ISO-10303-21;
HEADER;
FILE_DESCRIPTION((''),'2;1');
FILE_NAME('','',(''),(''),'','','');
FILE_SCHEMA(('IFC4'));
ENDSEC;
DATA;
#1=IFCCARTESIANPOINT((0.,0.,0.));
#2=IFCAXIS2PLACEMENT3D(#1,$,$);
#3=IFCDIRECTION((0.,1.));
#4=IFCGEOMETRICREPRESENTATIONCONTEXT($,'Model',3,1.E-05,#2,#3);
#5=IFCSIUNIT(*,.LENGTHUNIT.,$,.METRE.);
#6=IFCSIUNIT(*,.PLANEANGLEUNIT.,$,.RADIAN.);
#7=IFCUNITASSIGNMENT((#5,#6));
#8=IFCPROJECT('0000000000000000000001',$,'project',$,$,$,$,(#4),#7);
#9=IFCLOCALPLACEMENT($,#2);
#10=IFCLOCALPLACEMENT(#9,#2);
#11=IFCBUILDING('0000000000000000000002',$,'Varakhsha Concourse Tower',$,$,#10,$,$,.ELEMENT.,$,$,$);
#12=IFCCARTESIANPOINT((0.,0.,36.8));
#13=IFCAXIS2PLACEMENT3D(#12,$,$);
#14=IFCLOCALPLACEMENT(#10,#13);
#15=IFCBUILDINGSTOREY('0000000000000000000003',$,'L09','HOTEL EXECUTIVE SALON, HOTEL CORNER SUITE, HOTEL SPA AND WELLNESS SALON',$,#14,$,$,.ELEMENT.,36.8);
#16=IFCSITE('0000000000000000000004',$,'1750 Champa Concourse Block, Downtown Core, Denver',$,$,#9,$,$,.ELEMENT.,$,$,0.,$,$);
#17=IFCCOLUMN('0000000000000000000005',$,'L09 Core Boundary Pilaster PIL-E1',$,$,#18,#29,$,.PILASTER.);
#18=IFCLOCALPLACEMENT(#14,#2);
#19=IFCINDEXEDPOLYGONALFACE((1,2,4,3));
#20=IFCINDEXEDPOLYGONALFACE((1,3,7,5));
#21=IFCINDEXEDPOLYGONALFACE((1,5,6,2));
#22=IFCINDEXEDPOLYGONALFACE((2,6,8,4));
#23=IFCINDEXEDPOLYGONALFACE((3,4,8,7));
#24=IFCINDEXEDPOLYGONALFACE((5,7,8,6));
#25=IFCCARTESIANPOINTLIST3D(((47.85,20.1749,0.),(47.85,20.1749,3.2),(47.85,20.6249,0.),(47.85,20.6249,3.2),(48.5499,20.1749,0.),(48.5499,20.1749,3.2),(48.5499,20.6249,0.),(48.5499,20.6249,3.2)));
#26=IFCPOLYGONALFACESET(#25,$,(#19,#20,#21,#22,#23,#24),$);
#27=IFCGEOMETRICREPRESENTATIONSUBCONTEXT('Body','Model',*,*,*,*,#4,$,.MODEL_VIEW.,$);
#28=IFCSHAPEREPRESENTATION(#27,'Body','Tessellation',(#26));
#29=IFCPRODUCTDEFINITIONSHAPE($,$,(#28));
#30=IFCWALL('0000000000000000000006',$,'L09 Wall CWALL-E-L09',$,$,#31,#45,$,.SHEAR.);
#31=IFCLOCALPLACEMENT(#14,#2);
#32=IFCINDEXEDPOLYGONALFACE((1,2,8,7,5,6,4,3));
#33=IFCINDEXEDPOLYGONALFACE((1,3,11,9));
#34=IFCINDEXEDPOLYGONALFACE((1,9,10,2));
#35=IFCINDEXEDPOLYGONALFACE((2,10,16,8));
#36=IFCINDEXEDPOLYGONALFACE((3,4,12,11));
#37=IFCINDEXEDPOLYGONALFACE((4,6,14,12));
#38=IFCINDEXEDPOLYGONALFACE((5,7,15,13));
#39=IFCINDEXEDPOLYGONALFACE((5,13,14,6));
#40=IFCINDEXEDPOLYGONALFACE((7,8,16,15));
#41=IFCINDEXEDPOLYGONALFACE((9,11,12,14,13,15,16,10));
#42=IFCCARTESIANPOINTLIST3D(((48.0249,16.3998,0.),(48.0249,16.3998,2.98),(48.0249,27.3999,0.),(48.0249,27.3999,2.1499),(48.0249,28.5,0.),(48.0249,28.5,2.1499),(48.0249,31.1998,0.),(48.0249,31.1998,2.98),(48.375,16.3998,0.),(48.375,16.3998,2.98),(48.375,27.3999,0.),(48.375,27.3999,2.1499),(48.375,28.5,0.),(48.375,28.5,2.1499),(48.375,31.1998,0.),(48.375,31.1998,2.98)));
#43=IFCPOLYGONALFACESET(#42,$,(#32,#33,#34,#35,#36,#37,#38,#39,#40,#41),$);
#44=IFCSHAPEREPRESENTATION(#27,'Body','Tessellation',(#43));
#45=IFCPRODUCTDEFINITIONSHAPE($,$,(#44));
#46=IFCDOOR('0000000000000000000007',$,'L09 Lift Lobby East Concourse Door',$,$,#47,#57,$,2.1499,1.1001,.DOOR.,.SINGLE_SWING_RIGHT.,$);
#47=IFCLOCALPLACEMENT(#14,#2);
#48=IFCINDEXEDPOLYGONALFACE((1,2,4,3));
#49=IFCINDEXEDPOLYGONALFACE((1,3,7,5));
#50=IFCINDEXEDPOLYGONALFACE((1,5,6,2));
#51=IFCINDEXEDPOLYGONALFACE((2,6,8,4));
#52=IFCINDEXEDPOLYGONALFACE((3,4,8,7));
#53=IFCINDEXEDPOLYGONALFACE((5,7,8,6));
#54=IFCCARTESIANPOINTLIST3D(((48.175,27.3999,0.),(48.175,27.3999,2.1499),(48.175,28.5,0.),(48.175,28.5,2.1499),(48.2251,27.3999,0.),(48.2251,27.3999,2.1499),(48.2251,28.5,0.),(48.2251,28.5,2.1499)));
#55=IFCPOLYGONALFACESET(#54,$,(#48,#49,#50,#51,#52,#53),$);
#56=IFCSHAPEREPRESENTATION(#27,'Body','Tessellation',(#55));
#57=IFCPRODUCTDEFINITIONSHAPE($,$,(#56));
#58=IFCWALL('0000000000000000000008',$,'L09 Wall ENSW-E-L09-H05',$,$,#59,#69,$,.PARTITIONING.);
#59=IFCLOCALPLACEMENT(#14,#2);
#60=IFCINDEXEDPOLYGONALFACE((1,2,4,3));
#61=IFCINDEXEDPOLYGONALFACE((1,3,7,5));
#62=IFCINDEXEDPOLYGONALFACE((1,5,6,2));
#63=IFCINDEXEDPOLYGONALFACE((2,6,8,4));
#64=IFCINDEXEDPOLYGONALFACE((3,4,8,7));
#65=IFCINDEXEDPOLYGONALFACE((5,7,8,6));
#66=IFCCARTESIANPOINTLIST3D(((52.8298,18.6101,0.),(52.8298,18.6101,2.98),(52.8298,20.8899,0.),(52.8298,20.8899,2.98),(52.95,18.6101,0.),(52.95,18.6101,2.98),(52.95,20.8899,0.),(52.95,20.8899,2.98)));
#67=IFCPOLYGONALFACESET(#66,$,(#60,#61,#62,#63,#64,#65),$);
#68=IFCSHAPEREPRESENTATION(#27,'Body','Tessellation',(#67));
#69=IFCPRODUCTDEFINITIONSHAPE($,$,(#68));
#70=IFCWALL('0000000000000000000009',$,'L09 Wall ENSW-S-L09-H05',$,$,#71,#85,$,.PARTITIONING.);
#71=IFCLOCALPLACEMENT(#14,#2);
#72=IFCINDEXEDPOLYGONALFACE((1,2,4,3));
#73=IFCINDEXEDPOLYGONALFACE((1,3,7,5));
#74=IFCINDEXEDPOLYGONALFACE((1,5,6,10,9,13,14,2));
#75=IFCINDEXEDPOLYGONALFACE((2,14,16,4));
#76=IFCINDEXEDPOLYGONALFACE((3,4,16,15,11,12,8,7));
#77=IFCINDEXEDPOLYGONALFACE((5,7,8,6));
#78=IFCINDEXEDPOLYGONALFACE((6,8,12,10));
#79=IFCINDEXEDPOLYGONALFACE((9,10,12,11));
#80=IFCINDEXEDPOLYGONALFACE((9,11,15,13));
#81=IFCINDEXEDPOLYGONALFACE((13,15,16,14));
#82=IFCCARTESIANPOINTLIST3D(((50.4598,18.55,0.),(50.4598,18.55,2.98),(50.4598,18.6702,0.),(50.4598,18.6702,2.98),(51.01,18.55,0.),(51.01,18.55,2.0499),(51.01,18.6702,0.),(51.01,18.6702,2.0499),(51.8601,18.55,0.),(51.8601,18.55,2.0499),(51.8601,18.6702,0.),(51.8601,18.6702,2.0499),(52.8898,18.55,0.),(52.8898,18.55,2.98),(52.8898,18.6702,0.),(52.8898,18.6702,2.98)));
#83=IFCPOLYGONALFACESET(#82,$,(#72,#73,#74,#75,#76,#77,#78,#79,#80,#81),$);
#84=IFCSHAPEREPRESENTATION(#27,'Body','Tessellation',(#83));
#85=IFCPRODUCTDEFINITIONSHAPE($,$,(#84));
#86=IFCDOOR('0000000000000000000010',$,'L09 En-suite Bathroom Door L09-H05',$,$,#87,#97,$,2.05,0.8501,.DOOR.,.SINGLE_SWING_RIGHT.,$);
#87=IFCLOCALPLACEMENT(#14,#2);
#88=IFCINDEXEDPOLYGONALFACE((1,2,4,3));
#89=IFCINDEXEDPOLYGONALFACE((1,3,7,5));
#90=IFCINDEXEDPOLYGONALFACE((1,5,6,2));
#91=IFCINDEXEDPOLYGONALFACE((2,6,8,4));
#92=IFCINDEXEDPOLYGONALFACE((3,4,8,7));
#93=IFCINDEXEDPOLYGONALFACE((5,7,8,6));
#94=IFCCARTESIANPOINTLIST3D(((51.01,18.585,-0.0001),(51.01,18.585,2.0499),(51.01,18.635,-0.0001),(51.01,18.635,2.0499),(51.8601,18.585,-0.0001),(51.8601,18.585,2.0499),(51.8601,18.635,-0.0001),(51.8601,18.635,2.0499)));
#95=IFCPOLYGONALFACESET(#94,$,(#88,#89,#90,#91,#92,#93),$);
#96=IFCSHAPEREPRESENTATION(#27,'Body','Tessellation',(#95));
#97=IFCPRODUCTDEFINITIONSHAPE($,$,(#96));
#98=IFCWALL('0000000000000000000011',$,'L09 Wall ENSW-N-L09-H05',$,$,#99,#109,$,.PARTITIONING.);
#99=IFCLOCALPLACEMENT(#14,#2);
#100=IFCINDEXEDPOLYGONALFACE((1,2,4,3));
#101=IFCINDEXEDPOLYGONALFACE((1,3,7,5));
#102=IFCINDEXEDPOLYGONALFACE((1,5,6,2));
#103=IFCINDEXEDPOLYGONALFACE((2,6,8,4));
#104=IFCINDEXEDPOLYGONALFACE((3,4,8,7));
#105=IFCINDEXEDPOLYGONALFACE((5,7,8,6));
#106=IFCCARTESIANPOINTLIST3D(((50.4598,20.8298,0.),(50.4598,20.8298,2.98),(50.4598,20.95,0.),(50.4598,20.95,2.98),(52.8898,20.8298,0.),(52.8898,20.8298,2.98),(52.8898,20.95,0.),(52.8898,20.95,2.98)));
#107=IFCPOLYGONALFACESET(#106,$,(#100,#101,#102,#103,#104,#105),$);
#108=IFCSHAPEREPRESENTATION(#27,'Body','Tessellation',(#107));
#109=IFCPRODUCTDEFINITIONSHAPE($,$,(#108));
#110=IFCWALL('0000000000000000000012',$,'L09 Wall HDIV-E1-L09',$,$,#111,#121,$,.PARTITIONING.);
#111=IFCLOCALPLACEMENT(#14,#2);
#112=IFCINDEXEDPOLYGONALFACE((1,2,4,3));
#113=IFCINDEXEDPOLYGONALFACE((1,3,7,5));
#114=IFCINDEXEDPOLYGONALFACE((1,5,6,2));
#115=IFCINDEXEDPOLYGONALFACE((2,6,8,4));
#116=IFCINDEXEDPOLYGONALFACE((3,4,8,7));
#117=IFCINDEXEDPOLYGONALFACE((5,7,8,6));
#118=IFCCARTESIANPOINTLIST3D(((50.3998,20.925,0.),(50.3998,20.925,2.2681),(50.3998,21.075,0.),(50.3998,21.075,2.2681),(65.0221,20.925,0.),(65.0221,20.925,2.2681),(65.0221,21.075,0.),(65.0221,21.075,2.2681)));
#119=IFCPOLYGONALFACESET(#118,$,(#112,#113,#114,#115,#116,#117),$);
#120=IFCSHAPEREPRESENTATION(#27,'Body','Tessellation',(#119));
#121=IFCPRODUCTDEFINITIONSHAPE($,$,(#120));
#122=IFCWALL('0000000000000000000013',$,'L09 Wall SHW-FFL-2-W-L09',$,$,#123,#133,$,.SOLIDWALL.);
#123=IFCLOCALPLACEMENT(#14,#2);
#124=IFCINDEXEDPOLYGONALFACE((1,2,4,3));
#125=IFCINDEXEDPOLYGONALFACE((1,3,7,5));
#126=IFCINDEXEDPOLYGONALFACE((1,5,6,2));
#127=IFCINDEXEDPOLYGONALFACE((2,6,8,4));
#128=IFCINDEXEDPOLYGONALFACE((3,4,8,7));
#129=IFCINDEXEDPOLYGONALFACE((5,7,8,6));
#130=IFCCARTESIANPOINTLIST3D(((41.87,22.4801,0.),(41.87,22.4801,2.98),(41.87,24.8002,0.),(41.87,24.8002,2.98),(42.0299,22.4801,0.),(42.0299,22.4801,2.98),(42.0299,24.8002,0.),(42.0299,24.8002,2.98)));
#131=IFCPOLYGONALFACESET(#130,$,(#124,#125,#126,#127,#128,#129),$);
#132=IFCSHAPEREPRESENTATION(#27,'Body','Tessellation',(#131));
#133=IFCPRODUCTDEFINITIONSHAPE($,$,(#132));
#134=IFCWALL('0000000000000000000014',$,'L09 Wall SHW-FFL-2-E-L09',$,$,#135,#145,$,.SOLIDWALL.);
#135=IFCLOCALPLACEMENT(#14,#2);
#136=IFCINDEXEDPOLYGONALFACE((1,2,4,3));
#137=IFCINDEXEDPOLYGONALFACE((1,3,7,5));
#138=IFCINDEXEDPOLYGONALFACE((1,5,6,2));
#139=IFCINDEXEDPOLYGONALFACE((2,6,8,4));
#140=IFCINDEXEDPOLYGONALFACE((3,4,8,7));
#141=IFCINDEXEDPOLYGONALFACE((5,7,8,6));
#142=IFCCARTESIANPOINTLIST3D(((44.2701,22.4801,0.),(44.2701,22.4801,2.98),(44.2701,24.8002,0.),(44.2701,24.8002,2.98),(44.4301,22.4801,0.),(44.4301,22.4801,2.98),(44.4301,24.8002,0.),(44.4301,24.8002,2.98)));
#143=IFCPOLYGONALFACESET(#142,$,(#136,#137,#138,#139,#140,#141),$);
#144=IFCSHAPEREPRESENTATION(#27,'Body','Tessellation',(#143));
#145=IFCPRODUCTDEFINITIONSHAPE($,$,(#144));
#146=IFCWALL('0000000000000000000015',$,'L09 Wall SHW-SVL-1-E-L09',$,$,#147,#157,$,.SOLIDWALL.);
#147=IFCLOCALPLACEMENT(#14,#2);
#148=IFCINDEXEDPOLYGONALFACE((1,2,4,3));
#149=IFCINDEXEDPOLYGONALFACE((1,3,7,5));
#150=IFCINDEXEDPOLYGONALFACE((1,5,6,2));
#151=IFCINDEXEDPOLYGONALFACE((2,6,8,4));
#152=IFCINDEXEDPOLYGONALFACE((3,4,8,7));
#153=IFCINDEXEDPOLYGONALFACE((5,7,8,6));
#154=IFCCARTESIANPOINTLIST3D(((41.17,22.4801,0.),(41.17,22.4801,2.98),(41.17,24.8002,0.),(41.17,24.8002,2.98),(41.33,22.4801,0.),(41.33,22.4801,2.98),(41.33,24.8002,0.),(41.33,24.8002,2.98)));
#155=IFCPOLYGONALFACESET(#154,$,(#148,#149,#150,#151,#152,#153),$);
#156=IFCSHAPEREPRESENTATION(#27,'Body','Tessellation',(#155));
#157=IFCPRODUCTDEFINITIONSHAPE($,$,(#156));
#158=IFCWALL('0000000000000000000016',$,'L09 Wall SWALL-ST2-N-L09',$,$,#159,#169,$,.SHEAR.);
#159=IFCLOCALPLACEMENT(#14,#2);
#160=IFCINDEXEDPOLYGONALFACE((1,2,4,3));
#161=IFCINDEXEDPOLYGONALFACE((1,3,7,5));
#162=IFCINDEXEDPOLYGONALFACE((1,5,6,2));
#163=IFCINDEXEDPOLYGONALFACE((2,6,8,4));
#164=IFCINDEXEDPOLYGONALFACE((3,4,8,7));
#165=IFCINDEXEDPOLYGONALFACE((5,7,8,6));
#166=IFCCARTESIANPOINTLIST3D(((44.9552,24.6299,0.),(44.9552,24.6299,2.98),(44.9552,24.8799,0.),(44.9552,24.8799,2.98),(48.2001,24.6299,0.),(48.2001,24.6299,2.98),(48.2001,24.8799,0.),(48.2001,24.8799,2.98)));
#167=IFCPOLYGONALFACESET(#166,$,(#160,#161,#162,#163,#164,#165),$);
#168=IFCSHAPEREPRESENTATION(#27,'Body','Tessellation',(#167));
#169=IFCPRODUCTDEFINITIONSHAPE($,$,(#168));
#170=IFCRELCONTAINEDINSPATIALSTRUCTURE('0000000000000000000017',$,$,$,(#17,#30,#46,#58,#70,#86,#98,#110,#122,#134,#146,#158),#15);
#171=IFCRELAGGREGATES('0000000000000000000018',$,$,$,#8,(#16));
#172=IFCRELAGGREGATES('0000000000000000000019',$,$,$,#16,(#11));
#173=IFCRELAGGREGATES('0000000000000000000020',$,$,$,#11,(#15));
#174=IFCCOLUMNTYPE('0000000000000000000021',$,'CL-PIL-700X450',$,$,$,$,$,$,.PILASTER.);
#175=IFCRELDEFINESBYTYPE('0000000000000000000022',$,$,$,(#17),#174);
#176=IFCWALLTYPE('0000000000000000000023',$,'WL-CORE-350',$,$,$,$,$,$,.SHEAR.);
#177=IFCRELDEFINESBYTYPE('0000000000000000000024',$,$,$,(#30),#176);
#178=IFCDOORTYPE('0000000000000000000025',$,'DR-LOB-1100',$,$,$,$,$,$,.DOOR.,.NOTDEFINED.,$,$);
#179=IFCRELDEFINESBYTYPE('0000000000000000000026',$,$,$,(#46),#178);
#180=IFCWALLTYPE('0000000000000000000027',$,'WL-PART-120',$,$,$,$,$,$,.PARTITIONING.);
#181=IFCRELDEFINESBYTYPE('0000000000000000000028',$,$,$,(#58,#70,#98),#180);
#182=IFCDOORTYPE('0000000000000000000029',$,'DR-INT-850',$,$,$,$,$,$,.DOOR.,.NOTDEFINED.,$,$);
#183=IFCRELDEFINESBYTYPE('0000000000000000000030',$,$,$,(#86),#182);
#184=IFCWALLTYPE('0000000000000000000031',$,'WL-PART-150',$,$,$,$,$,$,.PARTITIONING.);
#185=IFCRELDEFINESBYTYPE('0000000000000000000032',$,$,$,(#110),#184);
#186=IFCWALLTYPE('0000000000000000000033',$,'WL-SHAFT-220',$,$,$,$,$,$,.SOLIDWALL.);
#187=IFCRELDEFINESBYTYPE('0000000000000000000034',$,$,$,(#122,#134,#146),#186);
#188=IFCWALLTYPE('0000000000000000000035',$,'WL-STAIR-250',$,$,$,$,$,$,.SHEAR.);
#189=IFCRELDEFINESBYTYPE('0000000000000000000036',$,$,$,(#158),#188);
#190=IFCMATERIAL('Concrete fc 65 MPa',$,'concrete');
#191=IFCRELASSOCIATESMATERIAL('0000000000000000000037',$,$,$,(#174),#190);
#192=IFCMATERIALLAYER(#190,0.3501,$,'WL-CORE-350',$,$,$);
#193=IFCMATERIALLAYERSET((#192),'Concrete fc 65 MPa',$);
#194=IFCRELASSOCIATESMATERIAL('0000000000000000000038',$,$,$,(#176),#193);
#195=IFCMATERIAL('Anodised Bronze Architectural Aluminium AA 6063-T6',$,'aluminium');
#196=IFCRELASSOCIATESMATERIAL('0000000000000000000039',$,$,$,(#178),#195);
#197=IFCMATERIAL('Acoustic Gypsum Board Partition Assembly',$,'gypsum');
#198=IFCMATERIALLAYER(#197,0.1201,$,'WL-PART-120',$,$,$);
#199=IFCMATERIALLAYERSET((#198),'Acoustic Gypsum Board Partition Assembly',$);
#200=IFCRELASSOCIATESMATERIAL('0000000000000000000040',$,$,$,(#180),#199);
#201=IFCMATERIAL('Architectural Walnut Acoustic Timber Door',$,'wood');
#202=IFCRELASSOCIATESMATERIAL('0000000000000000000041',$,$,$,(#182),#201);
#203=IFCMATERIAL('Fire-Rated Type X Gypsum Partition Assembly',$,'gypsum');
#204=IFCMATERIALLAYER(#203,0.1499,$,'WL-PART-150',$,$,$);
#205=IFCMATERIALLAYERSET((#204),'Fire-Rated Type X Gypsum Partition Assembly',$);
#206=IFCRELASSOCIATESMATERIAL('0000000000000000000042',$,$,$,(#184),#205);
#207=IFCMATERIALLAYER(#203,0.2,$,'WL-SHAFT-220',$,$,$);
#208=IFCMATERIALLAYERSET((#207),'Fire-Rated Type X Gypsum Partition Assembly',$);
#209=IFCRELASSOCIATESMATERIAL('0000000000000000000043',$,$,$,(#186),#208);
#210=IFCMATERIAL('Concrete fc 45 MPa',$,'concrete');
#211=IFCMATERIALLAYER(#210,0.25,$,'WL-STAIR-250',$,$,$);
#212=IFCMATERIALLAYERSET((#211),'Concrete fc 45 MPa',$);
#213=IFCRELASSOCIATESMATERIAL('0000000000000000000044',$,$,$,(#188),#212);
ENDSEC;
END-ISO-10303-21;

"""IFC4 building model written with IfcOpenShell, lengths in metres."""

from ifc_helpers import new_model, si_unit, direction, frame, frame_2d, origin, origin_2d, place, context, subcontext, project, spatial, rectangle, extrude, material, layer, layer_set, material_profile, profile_set, type_object, element, fill, save


model = new_model("IFC4")

# Units and contexts
model_context = context("Model", 3, precision=1e-05, world=origin(), true_north=direction((0.0, 1.0)))
body_context = subcontext(model_context, "Body", "Model", "MODEL_VIEW")
ifc_project = project(units=[si_unit("LENGTHUNIT", "METRE"), si_unit("PLANEANGLEUNIT", "RADIAN")], contexts=[model_context])

# Site, building, storey
site_placement = place(None, origin())
site = spatial("IfcSite", under=ifc_project, at=site_placement, Name="1750 Champa Concourse Block, Downtown Core, Denver", CompositionType="ELEMENT", RefElevation=0.0)
building_placement = place(site_placement, origin())
building = spatial("IfcBuilding", under=site, at=building_placement, Name="Varakhsha Concourse Tower", CompositionType="ELEMENT")
storey_placement = place(building_placement, frame((0.0, 0.0, 36.8)))
storey = spatial("IfcBuildingStorey", under=building, at=storey_placement, Name="L09", Description="HOTEL EXECUTIVE SALON, HOTEL CORNER SUITE, HOTEL SPA AND WELLNESS SALON", CompositionType="ELEMENT", Elevation=36.8)

# Column
ifc_material_1 = material(Name="Concrete fc 65 MPa", Category="concrete")
ifc_material_profile = material_profile(ifc_material_1, rectangle(XDim=0.7, YDim=0.45, at=origin_2d()), Name="RC 700x450")
ifc_profile_set = profile_set([ifc_material_profile], Name="Concrete fc 65 MPa")
column_type = type_object("IfcColumnType", Name="CL-PIL-700X450", PredefinedType="PILASTER", material=ifc_profile_set)
column_placement = place(storey_placement, frame((48.2, 20.3999, 0.0), z_axis=(0.0, 0.0, 1.0), x_axis=(1.0, 0.0, 0.0)))
element("IfcColumn", 1, at=column_placement, inside=storey, type_object=column_type, Name="L09 Core Boundary Pilaster PIL-E1", PredefinedType="PILASTER", context=body_context, shape_type="SweptSolid", body=[
    extrude(rectangle(XDim=0.7, YDim=0.45, at=origin_2d()), origin(), (0.0, 0.0, 1.0), 3.2),
])

# Wall, opening, door
ifc_layer_1 = layer(ifc_material_1, 0.3501, Name="WL-CORE-350")
ifc_layer_set_1 = layer_set([ifc_layer_1], Name="Concrete fc 65 MPa")
wall_type_1 = type_object("IfcWallType", Name="WL-CORE-350", PredefinedType="SHEAR", material=ifc_layer_set_1)
wall_1_placement = place(storey_placement, frame((48.2, 16.3999, 0.0), z_axis=(0.0, 0.0, 1.0), x_axis=(0.0, 1.0, 0.0)))
wall_1 = element("IfcWall", 2, at=wall_1_placement, inside=storey, type_object=wall_type_1, Name="L09 Wall CWALL-E-L09", PredefinedType="SHEAR", context=body_context, shape_type="SweptSolid", body=[
    extrude(rectangle(XDim=14.8, YDim=0.3501, at=frame_2d((7.3999, 0.0))), origin(), (0.0, 0.0, 1.0), 2.98),
])
opening_1_placement = place(wall_1_placement, frame((11.0, 0.0, 0.0)))
opening_1 = element("IfcOpeningElement", 3, at=opening_1_placement, cuts=wall_1, PredefinedType="OPENING", context=body_context, shape_type="SweptSolid", body=[
    extrude(rectangle(XDim=1.1001, YDim=2.1499, at=frame_2d((0.55, 1.075))), frame((0.0, 0.1851, 0.0), z_axis=(0.0, -1.0, 0.0), x_axis=(1.0, 0.0, 0.0)), (0.0, 0.0, 1.0), 0.3701),
])
ifc_material_2 = material(Name="Anodised Bronze Architectural Aluminium AA 6063-T6", Category="aluminium")
door_type_1 = type_object("IfcDoorType", Name="DR-LOB-1100", OperationType="NOTDEFINED", PredefinedType="DOOR", material=ifc_material_2)
door_1_placement = place(opening_1_placement, origin())
door_1 = element("IfcDoor", 4, at=door_1_placement, inside=storey, type_object=door_type_1, Name="L09 Lift Lobby East Concourse Door", OperationType="SINGLE_SWING_RIGHT", OverallHeight=2.1499, OverallWidth=1.1001, PredefinedType="DOOR", context=body_context, shape_type="SweptSolid", body=[
    extrude(rectangle(XDim=1.1001, YDim=2.1499, at=frame_2d((0.55, 1.075))), frame((0.0, 0.0249, 0.0), z_axis=(0.0, -1.0, 0.0), x_axis=(1.0, 0.0, 0.0)), (0.0, 0.0, 1.0), 0.05),
])
fill(opening_1, door_1)

# Wall
ifc_material_3 = material(Name="Acoustic Gypsum Board Partition Assembly", Category="gypsum")
ifc_layer_2 = layer(ifc_material_3, 0.1201, Name="WL-PART-120")
ifc_layer_set_2 = layer_set([ifc_layer_2], Name="Acoustic Gypsum Board Partition Assembly")
wall_type_2 = type_object("IfcWallType", Name="WL-PART-120", PredefinedType="PARTITIONING", material=ifc_layer_set_2)
wall_2_placement = place(storey_placement, frame((52.8899, 18.6101, 0.0), z_axis=(0.0, 0.0, 1.0), x_axis=(0.0, 1.0, 0.0)))
element("IfcWall", 5, at=wall_2_placement, inside=storey, type_object=wall_type_2, Name="L09 Wall ENSW-E-L09-H05", PredefinedType="PARTITIONING", context=body_context, shape_type="SweptSolid", body=[
    extrude(rectangle(XDim=2.2798, YDim=0.1201, at=frame_2d((1.1399, 0.0))), origin(), (0.0, 0.0, 1.0), 2.98),
])

# Wall, opening, door
wall_3_placement = place(storey_placement, frame((50.46, 18.6101, 0.0), z_axis=(0.0, 0.0, 1.0), x_axis=(1.0, 0.0, 0.0)))
wall_3 = element("IfcWall", 6, at=wall_3_placement, inside=storey, type_object=wall_type_2, Name="L09 Wall ENSW-S-L09-H05", PredefinedType="PARTITIONING", context=body_context, shape_type="SweptSolid", body=[
    extrude(rectangle(XDim=2.4299, YDim=0.1201, at=frame_2d((1.2148, 0.0))), origin(), (0.0, 0.0, 1.0), 2.98),
])
opening_2_placement = place(wall_3_placement, frame((0.55, 0.0, 0.0)))
opening_2 = element("IfcOpeningElement", 7, at=opening_2_placement, cuts=wall_3, PredefinedType="OPENING", context=body_context, shape_type="SweptSolid", body=[
    extrude(rectangle(XDim=0.8501, YDim=2.05, at=frame_2d((0.425, 1.0249))), frame((0.0, 0.0701, 0.0), z_axis=(0.0, -1.0, 0.0), x_axis=(1.0, 0.0, 0.0)), (0.0, 0.0, 1.0), 0.1401),
])
ifc_material_4 = material(Name="Architectural Walnut Acoustic Timber Door", Category="wood")
door_type_2 = type_object("IfcDoorType", Name="DR-INT-850", OperationType="NOTDEFINED", PredefinedType="DOOR", material=ifc_material_4)
door_2_placement = place(opening_2_placement, origin())
door_2 = element("IfcDoor", 8, at=door_2_placement, inside=storey, type_object=door_type_2, Name="L09 En-suite Bathroom Door L09-H05", OperationType="SINGLE_SWING_RIGHT", OverallHeight=2.05, OverallWidth=0.8501, PredefinedType="DOOR", context=body_context, shape_type="SweptSolid", body=[
    extrude(rectangle(XDim=0.8501, YDim=2.05, at=frame_2d((0.425, 1.0249))), frame((0.0, 0.0249, 0.0), z_axis=(0.0, -1.0, 0.0), x_axis=(1.0, 0.0, 0.0)), (0.0, 0.0, 1.0), 0.05),
])
fill(opening_2, door_2)

# Walls
wall_4_placement = place(storey_placement, frame((50.46, 20.8899, 0.0), z_axis=(0.0, 0.0, 1.0), x_axis=(1.0, 0.0, 0.0)))
element("IfcWall", 9, at=wall_4_placement, inside=storey, type_object=wall_type_2, Name="L09 Wall ENSW-N-L09-H05", PredefinedType="PARTITIONING", context=body_context, shape_type="SweptSolid", body=[
    extrude(rectangle(XDim=2.4299, YDim=0.1201, at=frame_2d((1.2148, 0.0))), origin(), (0.0, 0.0, 1.0), 2.98),
])
ifc_material_5 = material(Name="Fire-Rated Type X Gypsum Partition Assembly", Category="gypsum")
ifc_layer_3 = layer(ifc_material_5, 0.1499, Name="WL-PART-150")
ifc_layer_set_3 = layer_set([ifc_layer_3], Name="Fire-Rated Type X Gypsum Partition Assembly")
wall_type_3 = type_object("IfcWallType", Name="WL-PART-150", PredefinedType="PARTITIONING", material=ifc_layer_set_3)
wall_5_placement = place(storey_placement, frame((50.3999, 21.0, 0.0), z_axis=(0.0, 0.0, 1.0), x_axis=(1.0, 0.0, 0.0)))
element("IfcWall", 10, at=wall_5_placement, inside=storey, type_object=wall_type_3, Name="L09 Wall HDIV-E1-L09", PredefinedType="PARTITIONING", context=body_context, shape_type="SweptSolid", body=[
    extrude(rectangle(XDim=14.6223, YDim=0.1499, at=frame_2d((7.311, 0.0))), origin(), (0.0, 0.0, 1.0), 2.2681),
])
ifc_layer_4 = layer(ifc_material_5, 0.2, Name="WL-SHAFT-220")
ifc_layer_set_4 = layer_set([ifc_layer_4], Name="Fire-Rated Type X Gypsum Partition Assembly")
wall_type_4 = type_object("IfcWallType", Name="WL-SHAFT-220", PredefinedType="SOLIDWALL", material=ifc_layer_set_4)
for number, where, z_axis, x_axis, name in (
    (11, (41.95, 22.48, 0.0), (0.0, 0.0, 1.0), (0.0, 1.0, 0.0), "L09 Wall SHW-FFL-2-W-L09"),
    (12, (44.3501, 22.48, 0.0), (0.0, 0.0, 1.0), (0.0, 1.0, 0.0), "L09 Wall SHW-FFL-2-E-L09"),
    (13, (41.25, 22.48, 0.0), (0.0, 0.0, 1.0), (0.0, 1.0, 0.0), "L09 Wall SHW-SVL-1-E-L09"),
):
    element("IfcWall", number, at=place(storey_placement, frame(where, z_axis=z_axis, x_axis=x_axis)), inside=storey, type_object=wall_type_4, Name=name, PredefinedType="SOLIDWALL", context=body_context, shape_type="SweptSolid", body=[
        extrude(rectangle(XDim=2.3201, YDim=0.1599, at=frame_2d((1.1602, 0.0))), origin(), (0.0, 0.0, 1.0), 2.98),
    ])
ifc_material_6 = material(Name="Concrete fc 45 MPa", Category="concrete")
ifc_layer_5 = layer(ifc_material_6, 0.25, Name="WL-STAIR-250")
ifc_layer_set_5 = layer_set([ifc_layer_5], Name="Concrete fc 45 MPa")
wall_type_5 = type_object("IfcWallType", Name="WL-STAIR-250", PredefinedType="SHEAR", material=ifc_layer_set_5)
wall_6_placement = place(storey_placement, frame((44.9551, 24.7549, 0.0), z_axis=(0.0, 0.0, 1.0), x_axis=(1.0, 0.0, 0.0)))
element("IfcWall", 14, at=wall_6_placement, inside=storey, type_object=wall_type_5, Name="L09 Wall SWALL-ST2-N-L09", PredefinedType="SHEAR", context=body_context, shape_type="SweptSolid", body=[
    extrude(rectangle(XDim=3.2449, YDim=0.25, at=frame_2d((1.6226, 0.0))), origin(), (0.0, 0.0, 1.0), 2.98),
])

save(model, "model.ifc")
